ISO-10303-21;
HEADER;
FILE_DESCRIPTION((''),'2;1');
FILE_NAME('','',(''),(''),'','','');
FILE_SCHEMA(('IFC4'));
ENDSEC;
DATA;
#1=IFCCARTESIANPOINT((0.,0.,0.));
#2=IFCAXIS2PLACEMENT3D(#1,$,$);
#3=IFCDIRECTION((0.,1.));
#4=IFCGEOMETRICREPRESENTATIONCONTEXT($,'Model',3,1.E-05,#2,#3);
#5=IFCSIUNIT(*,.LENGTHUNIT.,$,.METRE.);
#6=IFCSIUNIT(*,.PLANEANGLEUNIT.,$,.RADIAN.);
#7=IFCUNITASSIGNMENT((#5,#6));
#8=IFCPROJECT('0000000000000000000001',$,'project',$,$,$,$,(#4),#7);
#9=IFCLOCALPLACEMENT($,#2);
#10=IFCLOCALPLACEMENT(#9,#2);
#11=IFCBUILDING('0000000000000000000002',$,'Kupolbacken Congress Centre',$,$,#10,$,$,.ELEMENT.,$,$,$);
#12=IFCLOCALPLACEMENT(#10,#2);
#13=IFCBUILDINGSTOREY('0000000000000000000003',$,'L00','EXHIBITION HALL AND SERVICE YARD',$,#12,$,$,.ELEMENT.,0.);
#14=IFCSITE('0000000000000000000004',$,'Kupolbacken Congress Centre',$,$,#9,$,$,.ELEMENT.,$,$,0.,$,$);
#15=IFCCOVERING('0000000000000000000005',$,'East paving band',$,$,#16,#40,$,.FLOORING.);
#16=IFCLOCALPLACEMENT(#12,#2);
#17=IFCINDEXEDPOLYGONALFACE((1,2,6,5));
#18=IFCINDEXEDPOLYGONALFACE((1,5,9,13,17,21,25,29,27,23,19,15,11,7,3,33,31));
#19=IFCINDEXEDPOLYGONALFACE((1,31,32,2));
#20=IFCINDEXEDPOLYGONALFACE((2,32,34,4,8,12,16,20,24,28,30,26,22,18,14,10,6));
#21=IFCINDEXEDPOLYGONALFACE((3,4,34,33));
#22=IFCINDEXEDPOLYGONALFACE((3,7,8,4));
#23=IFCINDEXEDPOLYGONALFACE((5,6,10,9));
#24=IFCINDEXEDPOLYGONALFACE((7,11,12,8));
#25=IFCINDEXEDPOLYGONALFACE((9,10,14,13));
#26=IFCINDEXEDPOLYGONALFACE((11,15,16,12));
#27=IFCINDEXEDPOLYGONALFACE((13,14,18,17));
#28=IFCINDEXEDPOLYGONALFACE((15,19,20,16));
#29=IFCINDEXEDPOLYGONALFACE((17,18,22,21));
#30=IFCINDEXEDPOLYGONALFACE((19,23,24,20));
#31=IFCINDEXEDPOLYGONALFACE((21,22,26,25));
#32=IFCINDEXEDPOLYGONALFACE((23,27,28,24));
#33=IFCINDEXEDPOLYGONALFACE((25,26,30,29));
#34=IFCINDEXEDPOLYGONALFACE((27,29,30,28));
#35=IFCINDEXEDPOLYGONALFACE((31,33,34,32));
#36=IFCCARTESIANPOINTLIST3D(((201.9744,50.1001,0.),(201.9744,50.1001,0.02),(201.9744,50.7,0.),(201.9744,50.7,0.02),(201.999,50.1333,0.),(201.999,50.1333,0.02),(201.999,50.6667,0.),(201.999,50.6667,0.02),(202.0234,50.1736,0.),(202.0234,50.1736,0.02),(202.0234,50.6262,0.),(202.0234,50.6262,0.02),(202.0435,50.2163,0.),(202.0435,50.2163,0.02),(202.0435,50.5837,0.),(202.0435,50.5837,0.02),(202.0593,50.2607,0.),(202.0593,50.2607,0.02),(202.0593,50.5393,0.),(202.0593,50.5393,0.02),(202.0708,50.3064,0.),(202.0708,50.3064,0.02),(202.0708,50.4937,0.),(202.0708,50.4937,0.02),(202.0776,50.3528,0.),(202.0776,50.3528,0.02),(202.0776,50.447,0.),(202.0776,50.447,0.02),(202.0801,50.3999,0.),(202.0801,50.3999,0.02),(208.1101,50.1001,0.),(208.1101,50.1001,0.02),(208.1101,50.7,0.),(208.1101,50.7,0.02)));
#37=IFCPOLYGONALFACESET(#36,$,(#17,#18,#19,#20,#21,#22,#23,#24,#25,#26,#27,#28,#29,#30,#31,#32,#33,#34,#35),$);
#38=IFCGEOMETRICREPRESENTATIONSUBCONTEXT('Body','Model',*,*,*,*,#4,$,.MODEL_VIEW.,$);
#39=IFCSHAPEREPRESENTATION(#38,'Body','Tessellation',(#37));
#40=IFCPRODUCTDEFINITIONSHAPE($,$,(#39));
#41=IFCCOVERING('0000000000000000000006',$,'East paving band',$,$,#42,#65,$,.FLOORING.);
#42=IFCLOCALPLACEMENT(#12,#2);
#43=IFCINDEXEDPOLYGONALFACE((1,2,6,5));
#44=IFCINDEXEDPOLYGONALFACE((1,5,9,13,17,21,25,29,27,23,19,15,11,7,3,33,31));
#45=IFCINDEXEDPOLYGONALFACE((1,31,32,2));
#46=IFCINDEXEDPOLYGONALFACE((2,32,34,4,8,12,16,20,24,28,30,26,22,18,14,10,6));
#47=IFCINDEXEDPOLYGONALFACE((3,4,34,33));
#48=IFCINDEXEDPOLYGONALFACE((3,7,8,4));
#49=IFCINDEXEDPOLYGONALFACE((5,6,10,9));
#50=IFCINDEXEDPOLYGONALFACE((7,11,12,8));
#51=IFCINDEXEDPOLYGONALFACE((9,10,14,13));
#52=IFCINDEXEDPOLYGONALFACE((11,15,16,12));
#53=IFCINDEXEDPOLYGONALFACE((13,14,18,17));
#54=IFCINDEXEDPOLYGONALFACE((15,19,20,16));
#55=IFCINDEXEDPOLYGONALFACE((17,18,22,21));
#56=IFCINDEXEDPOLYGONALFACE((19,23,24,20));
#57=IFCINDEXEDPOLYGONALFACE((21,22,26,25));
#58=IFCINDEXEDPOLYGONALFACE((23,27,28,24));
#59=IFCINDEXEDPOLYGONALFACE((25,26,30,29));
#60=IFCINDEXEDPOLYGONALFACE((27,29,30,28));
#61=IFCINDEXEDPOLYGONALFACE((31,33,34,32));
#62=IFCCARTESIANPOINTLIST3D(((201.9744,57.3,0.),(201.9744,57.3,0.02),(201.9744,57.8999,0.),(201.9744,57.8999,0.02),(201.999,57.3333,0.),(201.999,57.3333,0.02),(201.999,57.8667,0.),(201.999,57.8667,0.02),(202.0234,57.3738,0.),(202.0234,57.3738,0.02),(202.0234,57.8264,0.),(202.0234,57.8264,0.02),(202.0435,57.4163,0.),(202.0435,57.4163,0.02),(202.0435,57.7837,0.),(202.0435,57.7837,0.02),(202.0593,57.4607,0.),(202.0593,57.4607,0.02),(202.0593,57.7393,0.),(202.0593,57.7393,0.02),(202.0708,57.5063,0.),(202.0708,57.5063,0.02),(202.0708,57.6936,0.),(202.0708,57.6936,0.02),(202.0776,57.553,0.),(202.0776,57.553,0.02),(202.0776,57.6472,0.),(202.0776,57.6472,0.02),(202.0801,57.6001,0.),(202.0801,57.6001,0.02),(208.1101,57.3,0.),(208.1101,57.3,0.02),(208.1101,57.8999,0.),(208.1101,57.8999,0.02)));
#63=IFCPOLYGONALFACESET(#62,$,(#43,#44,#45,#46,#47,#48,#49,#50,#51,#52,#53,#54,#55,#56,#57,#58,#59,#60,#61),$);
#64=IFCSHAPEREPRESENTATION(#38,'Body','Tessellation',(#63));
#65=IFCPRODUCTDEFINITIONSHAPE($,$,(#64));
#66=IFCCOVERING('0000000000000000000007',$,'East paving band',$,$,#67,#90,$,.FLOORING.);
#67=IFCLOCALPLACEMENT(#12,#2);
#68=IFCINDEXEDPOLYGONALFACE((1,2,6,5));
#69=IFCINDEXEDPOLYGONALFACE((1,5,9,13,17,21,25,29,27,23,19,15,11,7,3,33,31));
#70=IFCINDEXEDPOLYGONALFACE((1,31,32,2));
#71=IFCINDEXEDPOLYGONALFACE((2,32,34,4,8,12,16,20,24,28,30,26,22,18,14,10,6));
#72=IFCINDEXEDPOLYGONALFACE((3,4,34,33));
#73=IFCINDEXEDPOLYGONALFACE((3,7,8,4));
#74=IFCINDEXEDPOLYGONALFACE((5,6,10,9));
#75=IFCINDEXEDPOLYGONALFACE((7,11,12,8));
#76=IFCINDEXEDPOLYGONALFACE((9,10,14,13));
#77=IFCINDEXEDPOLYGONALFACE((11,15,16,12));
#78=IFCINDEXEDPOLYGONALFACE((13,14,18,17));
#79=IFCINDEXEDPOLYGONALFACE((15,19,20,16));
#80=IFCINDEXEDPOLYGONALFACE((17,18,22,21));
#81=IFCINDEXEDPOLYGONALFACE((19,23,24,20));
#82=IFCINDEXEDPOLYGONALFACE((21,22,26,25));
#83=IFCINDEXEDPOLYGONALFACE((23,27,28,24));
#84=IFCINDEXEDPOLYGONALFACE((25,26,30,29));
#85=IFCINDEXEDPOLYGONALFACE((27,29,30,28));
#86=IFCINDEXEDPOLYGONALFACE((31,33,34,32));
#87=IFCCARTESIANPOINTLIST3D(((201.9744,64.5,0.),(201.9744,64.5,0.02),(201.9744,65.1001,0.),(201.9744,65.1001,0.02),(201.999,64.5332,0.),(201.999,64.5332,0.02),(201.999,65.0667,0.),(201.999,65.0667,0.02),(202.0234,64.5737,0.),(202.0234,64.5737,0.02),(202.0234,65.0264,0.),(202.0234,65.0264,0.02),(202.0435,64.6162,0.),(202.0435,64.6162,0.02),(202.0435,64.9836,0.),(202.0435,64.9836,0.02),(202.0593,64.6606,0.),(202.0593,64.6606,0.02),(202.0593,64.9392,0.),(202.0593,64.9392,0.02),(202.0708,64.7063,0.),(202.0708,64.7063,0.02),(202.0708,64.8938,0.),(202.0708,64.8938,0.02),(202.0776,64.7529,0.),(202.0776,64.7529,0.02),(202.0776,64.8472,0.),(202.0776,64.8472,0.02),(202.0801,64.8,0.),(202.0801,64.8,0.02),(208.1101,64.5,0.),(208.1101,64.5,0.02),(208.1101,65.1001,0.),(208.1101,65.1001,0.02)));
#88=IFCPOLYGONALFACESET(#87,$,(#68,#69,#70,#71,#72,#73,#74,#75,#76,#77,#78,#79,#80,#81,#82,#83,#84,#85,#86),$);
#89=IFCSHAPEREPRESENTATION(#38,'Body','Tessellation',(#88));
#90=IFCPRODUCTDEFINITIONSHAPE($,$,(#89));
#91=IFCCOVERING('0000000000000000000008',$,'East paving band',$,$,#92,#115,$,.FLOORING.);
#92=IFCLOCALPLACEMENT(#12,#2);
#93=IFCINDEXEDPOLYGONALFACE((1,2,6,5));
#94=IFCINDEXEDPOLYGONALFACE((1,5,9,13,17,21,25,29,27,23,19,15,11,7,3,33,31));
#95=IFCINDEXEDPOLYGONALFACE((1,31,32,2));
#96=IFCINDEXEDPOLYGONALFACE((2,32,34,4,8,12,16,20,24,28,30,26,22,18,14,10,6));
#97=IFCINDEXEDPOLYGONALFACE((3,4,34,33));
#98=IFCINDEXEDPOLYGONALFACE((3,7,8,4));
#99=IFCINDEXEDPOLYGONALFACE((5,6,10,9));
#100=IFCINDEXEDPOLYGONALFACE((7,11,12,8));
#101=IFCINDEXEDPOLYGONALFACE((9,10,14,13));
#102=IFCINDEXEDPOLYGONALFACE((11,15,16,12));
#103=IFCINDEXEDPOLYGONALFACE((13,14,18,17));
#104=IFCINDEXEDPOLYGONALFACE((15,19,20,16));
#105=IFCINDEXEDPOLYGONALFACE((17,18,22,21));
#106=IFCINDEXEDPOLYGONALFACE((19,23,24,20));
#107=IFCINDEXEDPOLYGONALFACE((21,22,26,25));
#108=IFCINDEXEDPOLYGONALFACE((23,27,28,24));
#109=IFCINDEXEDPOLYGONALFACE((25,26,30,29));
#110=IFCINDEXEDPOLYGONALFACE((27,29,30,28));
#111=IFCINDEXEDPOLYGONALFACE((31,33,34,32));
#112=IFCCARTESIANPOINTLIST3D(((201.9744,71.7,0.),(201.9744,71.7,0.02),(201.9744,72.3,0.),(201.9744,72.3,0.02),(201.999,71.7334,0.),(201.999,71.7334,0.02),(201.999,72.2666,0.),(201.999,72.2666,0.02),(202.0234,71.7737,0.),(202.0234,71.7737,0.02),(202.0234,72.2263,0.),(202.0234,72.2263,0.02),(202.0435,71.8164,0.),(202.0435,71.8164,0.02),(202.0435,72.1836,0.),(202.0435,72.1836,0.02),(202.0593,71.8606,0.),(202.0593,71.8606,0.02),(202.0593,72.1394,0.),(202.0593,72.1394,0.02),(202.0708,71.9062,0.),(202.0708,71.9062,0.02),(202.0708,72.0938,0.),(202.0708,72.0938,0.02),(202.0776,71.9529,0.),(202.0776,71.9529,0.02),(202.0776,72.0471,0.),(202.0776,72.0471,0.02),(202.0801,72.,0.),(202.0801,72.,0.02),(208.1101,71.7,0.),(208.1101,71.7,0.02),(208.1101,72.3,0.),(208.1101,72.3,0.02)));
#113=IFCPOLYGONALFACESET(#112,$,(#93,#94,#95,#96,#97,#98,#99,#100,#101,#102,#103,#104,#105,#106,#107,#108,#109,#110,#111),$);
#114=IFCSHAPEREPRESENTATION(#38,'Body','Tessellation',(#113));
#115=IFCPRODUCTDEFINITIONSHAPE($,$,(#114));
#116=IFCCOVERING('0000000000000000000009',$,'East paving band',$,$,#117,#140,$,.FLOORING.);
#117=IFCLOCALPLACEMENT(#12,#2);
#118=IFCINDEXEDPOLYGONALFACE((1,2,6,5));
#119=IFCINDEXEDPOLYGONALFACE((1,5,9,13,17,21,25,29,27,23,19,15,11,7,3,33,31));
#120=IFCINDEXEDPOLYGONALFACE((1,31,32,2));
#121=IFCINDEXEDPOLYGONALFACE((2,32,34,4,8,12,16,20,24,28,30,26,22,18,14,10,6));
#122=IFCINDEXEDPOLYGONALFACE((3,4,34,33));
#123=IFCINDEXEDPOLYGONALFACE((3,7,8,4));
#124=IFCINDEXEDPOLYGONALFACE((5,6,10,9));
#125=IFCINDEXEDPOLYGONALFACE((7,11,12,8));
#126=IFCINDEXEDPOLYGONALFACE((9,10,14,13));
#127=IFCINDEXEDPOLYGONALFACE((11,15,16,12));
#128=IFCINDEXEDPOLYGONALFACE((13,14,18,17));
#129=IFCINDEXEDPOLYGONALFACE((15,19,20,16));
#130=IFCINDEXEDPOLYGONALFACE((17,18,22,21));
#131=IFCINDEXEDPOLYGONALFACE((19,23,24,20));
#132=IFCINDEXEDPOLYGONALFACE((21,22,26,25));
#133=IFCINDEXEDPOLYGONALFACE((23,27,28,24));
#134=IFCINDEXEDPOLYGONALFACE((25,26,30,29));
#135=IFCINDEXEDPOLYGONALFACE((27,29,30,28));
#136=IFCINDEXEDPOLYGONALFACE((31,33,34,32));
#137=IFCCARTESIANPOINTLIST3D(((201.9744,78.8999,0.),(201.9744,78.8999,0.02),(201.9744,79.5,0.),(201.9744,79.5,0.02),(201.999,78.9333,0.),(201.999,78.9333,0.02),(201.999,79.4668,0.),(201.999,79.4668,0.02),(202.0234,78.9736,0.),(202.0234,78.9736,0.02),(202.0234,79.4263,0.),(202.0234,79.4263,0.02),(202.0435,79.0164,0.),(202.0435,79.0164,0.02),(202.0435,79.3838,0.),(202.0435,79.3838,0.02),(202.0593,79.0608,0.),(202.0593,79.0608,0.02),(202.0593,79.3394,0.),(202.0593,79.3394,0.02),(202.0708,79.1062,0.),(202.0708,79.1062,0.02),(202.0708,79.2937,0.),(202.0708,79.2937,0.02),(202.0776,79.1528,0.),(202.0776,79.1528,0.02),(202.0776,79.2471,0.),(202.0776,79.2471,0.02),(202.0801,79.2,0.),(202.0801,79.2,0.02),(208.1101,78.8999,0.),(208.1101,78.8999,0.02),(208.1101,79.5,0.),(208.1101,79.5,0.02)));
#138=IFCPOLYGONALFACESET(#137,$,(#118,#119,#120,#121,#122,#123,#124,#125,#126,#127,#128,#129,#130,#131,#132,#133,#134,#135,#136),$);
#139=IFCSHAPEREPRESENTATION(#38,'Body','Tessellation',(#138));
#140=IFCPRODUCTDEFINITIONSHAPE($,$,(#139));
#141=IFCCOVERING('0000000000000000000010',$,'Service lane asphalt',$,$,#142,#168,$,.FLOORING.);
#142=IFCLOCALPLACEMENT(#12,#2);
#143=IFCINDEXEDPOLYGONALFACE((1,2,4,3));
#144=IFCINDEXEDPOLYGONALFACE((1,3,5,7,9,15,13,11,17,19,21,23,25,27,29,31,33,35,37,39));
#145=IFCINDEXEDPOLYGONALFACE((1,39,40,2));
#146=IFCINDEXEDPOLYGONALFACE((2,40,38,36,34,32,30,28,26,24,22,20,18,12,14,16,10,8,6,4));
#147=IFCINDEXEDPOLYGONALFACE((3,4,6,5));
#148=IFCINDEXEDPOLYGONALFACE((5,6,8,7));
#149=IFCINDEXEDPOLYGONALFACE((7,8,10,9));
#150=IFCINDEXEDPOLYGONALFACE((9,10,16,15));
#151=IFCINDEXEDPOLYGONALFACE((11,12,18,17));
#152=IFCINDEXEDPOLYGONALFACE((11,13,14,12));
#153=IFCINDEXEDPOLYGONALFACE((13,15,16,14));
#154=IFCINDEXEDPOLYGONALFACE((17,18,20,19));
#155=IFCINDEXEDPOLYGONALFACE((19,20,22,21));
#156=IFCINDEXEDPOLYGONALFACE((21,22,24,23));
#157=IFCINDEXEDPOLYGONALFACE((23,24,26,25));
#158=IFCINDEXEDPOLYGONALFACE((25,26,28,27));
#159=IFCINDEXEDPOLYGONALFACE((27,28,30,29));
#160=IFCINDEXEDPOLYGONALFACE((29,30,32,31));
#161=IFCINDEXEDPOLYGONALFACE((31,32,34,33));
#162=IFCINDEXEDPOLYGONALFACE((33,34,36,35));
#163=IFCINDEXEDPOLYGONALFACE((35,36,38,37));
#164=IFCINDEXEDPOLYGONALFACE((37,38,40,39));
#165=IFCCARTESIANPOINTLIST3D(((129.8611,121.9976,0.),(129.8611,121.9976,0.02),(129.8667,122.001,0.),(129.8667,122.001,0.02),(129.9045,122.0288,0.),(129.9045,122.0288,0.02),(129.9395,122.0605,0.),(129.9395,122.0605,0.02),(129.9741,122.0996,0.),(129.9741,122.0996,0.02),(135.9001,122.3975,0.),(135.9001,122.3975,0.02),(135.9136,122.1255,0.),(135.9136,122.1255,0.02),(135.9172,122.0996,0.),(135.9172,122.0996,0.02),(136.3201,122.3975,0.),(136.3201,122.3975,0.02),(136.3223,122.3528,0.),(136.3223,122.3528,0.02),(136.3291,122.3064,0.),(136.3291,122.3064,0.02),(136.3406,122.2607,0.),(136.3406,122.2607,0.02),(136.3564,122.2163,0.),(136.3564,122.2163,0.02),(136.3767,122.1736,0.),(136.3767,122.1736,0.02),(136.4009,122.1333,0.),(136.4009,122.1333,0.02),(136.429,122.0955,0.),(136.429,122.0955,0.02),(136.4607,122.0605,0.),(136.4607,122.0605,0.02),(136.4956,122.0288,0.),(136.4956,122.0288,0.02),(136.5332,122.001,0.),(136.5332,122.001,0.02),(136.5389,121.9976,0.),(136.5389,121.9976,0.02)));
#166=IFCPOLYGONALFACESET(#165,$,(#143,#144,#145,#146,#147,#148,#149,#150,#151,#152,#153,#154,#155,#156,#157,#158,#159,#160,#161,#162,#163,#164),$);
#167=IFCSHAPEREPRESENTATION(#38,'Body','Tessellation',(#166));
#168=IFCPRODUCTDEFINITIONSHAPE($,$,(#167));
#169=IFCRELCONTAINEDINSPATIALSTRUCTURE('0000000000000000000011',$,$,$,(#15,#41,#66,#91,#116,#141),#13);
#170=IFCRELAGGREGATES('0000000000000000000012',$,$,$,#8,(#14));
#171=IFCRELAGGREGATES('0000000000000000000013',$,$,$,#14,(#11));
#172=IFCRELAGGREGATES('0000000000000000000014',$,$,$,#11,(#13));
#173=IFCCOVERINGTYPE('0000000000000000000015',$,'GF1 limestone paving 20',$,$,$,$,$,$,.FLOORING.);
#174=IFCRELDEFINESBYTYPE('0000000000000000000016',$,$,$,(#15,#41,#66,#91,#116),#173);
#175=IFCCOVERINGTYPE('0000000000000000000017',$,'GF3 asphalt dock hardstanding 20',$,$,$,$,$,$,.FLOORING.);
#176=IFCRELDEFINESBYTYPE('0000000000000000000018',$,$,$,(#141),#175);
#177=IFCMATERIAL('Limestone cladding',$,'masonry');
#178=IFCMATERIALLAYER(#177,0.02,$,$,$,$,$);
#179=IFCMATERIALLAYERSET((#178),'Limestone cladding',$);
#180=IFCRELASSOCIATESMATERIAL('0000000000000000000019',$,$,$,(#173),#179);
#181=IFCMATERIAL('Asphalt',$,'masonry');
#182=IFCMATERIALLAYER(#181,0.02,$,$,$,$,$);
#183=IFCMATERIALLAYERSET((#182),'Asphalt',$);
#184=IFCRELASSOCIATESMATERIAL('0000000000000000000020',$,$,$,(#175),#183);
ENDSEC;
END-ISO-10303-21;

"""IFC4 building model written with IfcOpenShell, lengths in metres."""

from ifc_helpers import new_model, si_unit, direction, origin, place, context, subcontext, project, spatial, polyline, outline, extrude, material, layer, layer_set, type_object, element, save


model = new_model("IFC4")

# Units and contexts
model_context = context("Model", 3, precision=1e-05, world=origin(), true_north=direction((0.0, 1.0)))
body_context = subcontext(model_context, "Body", "Model", "MODEL_VIEW")
ifc_project = project(units=[si_unit("LENGTHUNIT", "METRE"), si_unit("PLANEANGLEUNIT", "RADIAN")], contexts=[model_context])

# Site, building, storey
site_placement = place(None, origin())
site = spatial("IfcSite", under=ifc_project, at=site_placement, Name="Kupolbacken Congress Centre", CompositionType="ELEMENT", RefElevation=0.0)
building_placement = place(site_placement, origin())
building = spatial("IfcBuilding", under=site, at=building_placement, Name="Kupolbacken Congress Centre", CompositionType="ELEMENT")
storey_placement = place(building_placement, origin())
storey = spatial("IfcBuildingStorey", under=building, at=storey_placement, Name="L00", Description="EXHIBITION HALL AND SERVICE YARD", CompositionType="ELEMENT", Elevation=0.0)

# Coverings
ifc_material_1 = material(Name="Limestone cladding", Category="masonry")
ifc_layer_1 = layer(ifc_material_1, 0.02)
ifc_layer_set_1 = layer_set([ifc_layer_1], Name="Limestone cladding")
covering_type_1 = type_object("IfcCoveringType", Name="GF1 limestone paving 20", PredefinedType="FLOORING", material=ifc_layer_set_1)
covering_1_placement = place(storey_placement, origin())
element("IfcCovering", 1, at=covering_1_placement, inside=storey, type_object=covering_type_1, Name="East paving band", PredefinedType="FLOORING", context=body_context, shape_type="SweptSolid", body=[
    extrude(outline(polyline([(201.9744, 50.1001), (201.999, 50.1333), (202.0234, 50.1736), (202.0435, 50.2163), (202.0593, 50.2607), (202.0708, 50.3064), (202.0776, 50.3528), (202.0801, 50.3999), (202.0776, 50.447), (202.0708, 50.4937), (202.0593, 50.5393), (202.0435, 50.5837), (202.0234, 50.6262), (201.999, 50.6667), (201.9744, 50.7), (208.1101, 50.7), (208.1101, 50.1001), (201.9744, 50.1001)])), origin(), (0.0, 0.0, 1.0), 0.02),
])
covering_2_placement = place(storey_placement, origin())
element("IfcCovering", 2, at=covering_2_placement, inside=storey, type_object=covering_type_1, Name="East paving band", PredefinedType="FLOORING", context=body_context, shape_type="SweptSolid", body=[
    extrude(outline(polyline([(201.9744, 57.3), (201.999, 57.3333), (202.0234, 57.3738), (202.0435, 57.4163), (202.0593, 57.4607), (202.0708, 57.5063), (202.0776, 57.553), (202.0801, 57.6001), (202.0776, 57.6472), (202.0708, 57.6936), (202.0593, 57.7393), (202.0435, 57.7837), (202.0234, 57.8264), (201.999, 57.8667), (201.9744, 57.8999), (208.1101, 57.8999), (208.1101, 57.3), (201.9744, 57.3)])), origin(), (0.0, 0.0, 1.0), 0.02),
])
covering_3_placement = place(storey_placement, origin())
element("IfcCovering", 3, at=covering_3_placement, inside=storey, type_object=covering_type_1, Name="East paving band", PredefinedType="FLOORING", context=body_context, shape_type="SweptSolid", body=[
    extrude(outline(polyline([(201.9744, 64.5), (201.999, 64.5332), (202.0234, 64.5737), (202.0435, 64.6162), (202.0593, 64.6606), (202.0708, 64.7063), (202.0776, 64.7529), (202.0801, 64.8), (202.0776, 64.8472), (202.0708, 64.8938), (202.0593, 64.9392), (202.0435, 64.9836), (202.0234, 65.0264), (201.999, 65.0667), (201.9744, 65.1001), (208.1101, 65.1001), (208.1101, 64.5), (201.9744, 64.5)])), origin(), (0.0, 0.0, 1.0), 0.02),
])
covering_4_placement = place(storey_placement, origin())
element("IfcCovering", 4, at=covering_4_placement, inside=storey, type_object=covering_type_1, Name="East paving band", PredefinedType="FLOORING", context=body_context, shape_type="SweptSolid", body=[
    extrude(outline(polyline([(201.9744, 71.7), (201.999, 71.7334), (202.0234, 71.7737), (202.0435, 71.8164), (202.0593, 71.8606), (202.0708, 71.9062), (202.0776, 71.9529), (202.0801, 72.0), (202.0776, 72.0471), (202.0708, 72.0938), (202.0593, 72.1394), (202.0435, 72.1836), (202.0234, 72.2263), (201.999, 72.2666), (201.9744, 72.3), (208.1101, 72.3), (208.1101, 71.7), (201.9744, 71.7)])), origin(), (0.0, 0.0, 1.0), 0.02),
])
covering_5_placement = place(storey_placement, origin())
element("IfcCovering", 5, at=covering_5_placement, inside=storey, type_object=covering_type_1, Name="East paving band", PredefinedType="FLOORING", context=body_context, shape_type="SweptSolid", body=[
    extrude(outline(polyline([(201.9744, 78.8999), (201.999, 78.9333), (202.0234, 78.9736), (202.0435, 79.0164), (202.0593, 79.0608), (202.0708, 79.1062), (202.0776, 79.1528), (202.0801, 79.2), (202.0776, 79.2471), (202.0708, 79.2937), (202.0593, 79.3394), (202.0435, 79.3838), (202.0234, 79.4263), (201.999, 79.4668), (201.9744, 79.5), (208.1101, 79.5), (208.1101, 78.8999), (201.9744, 78.8999)])), origin(), (0.0, 0.0, 1.0), 0.02),
])
ifc_material_2 = material(Name="Asphalt", Category="masonry")
ifc_layer_2 = layer(ifc_material_2, 0.02)
ifc_layer_set_2 = layer_set([ifc_layer_2], Name="Asphalt")
covering_type_2 = type_object("IfcCoveringType", Name="GF3 asphalt dock hardstanding 20", PredefinedType="FLOORING", material=ifc_layer_set_2)
covering_6_placement = place(storey_placement, origin())
element("IfcCovering", 6, at=covering_6_placement, inside=storey, type_object=covering_type_2, Name="Service lane asphalt", PredefinedType="FLOORING", context=body_context, shape_type="SweptSolid", body=[
    extrude(outline(polyline([(129.8667, 122.001), (129.9045, 122.0288), (129.9395, 122.0605), (129.9741, 122.0996), (135.9172, 122.0996), (135.9136, 122.1255), (135.9001, 122.3975), (136.3201, 122.3975), (136.3223, 122.3528), (136.3291, 122.3064), (136.3406, 122.2607), (136.3564, 122.2163), (136.3767, 122.1736), (136.4009, 122.1333), (136.429, 122.0955), (136.4607, 122.0605), (136.4956, 122.0288), (136.5332, 122.001), (136.5737, 121.9766), (136.5388, 121.9976), (129.8611, 121.9976), (129.8264, 121.9766), (129.8667, 122.001)])), origin(), (0.0, 0.0, 1.0), 0.02),
])

save(model, "model.ifc")
